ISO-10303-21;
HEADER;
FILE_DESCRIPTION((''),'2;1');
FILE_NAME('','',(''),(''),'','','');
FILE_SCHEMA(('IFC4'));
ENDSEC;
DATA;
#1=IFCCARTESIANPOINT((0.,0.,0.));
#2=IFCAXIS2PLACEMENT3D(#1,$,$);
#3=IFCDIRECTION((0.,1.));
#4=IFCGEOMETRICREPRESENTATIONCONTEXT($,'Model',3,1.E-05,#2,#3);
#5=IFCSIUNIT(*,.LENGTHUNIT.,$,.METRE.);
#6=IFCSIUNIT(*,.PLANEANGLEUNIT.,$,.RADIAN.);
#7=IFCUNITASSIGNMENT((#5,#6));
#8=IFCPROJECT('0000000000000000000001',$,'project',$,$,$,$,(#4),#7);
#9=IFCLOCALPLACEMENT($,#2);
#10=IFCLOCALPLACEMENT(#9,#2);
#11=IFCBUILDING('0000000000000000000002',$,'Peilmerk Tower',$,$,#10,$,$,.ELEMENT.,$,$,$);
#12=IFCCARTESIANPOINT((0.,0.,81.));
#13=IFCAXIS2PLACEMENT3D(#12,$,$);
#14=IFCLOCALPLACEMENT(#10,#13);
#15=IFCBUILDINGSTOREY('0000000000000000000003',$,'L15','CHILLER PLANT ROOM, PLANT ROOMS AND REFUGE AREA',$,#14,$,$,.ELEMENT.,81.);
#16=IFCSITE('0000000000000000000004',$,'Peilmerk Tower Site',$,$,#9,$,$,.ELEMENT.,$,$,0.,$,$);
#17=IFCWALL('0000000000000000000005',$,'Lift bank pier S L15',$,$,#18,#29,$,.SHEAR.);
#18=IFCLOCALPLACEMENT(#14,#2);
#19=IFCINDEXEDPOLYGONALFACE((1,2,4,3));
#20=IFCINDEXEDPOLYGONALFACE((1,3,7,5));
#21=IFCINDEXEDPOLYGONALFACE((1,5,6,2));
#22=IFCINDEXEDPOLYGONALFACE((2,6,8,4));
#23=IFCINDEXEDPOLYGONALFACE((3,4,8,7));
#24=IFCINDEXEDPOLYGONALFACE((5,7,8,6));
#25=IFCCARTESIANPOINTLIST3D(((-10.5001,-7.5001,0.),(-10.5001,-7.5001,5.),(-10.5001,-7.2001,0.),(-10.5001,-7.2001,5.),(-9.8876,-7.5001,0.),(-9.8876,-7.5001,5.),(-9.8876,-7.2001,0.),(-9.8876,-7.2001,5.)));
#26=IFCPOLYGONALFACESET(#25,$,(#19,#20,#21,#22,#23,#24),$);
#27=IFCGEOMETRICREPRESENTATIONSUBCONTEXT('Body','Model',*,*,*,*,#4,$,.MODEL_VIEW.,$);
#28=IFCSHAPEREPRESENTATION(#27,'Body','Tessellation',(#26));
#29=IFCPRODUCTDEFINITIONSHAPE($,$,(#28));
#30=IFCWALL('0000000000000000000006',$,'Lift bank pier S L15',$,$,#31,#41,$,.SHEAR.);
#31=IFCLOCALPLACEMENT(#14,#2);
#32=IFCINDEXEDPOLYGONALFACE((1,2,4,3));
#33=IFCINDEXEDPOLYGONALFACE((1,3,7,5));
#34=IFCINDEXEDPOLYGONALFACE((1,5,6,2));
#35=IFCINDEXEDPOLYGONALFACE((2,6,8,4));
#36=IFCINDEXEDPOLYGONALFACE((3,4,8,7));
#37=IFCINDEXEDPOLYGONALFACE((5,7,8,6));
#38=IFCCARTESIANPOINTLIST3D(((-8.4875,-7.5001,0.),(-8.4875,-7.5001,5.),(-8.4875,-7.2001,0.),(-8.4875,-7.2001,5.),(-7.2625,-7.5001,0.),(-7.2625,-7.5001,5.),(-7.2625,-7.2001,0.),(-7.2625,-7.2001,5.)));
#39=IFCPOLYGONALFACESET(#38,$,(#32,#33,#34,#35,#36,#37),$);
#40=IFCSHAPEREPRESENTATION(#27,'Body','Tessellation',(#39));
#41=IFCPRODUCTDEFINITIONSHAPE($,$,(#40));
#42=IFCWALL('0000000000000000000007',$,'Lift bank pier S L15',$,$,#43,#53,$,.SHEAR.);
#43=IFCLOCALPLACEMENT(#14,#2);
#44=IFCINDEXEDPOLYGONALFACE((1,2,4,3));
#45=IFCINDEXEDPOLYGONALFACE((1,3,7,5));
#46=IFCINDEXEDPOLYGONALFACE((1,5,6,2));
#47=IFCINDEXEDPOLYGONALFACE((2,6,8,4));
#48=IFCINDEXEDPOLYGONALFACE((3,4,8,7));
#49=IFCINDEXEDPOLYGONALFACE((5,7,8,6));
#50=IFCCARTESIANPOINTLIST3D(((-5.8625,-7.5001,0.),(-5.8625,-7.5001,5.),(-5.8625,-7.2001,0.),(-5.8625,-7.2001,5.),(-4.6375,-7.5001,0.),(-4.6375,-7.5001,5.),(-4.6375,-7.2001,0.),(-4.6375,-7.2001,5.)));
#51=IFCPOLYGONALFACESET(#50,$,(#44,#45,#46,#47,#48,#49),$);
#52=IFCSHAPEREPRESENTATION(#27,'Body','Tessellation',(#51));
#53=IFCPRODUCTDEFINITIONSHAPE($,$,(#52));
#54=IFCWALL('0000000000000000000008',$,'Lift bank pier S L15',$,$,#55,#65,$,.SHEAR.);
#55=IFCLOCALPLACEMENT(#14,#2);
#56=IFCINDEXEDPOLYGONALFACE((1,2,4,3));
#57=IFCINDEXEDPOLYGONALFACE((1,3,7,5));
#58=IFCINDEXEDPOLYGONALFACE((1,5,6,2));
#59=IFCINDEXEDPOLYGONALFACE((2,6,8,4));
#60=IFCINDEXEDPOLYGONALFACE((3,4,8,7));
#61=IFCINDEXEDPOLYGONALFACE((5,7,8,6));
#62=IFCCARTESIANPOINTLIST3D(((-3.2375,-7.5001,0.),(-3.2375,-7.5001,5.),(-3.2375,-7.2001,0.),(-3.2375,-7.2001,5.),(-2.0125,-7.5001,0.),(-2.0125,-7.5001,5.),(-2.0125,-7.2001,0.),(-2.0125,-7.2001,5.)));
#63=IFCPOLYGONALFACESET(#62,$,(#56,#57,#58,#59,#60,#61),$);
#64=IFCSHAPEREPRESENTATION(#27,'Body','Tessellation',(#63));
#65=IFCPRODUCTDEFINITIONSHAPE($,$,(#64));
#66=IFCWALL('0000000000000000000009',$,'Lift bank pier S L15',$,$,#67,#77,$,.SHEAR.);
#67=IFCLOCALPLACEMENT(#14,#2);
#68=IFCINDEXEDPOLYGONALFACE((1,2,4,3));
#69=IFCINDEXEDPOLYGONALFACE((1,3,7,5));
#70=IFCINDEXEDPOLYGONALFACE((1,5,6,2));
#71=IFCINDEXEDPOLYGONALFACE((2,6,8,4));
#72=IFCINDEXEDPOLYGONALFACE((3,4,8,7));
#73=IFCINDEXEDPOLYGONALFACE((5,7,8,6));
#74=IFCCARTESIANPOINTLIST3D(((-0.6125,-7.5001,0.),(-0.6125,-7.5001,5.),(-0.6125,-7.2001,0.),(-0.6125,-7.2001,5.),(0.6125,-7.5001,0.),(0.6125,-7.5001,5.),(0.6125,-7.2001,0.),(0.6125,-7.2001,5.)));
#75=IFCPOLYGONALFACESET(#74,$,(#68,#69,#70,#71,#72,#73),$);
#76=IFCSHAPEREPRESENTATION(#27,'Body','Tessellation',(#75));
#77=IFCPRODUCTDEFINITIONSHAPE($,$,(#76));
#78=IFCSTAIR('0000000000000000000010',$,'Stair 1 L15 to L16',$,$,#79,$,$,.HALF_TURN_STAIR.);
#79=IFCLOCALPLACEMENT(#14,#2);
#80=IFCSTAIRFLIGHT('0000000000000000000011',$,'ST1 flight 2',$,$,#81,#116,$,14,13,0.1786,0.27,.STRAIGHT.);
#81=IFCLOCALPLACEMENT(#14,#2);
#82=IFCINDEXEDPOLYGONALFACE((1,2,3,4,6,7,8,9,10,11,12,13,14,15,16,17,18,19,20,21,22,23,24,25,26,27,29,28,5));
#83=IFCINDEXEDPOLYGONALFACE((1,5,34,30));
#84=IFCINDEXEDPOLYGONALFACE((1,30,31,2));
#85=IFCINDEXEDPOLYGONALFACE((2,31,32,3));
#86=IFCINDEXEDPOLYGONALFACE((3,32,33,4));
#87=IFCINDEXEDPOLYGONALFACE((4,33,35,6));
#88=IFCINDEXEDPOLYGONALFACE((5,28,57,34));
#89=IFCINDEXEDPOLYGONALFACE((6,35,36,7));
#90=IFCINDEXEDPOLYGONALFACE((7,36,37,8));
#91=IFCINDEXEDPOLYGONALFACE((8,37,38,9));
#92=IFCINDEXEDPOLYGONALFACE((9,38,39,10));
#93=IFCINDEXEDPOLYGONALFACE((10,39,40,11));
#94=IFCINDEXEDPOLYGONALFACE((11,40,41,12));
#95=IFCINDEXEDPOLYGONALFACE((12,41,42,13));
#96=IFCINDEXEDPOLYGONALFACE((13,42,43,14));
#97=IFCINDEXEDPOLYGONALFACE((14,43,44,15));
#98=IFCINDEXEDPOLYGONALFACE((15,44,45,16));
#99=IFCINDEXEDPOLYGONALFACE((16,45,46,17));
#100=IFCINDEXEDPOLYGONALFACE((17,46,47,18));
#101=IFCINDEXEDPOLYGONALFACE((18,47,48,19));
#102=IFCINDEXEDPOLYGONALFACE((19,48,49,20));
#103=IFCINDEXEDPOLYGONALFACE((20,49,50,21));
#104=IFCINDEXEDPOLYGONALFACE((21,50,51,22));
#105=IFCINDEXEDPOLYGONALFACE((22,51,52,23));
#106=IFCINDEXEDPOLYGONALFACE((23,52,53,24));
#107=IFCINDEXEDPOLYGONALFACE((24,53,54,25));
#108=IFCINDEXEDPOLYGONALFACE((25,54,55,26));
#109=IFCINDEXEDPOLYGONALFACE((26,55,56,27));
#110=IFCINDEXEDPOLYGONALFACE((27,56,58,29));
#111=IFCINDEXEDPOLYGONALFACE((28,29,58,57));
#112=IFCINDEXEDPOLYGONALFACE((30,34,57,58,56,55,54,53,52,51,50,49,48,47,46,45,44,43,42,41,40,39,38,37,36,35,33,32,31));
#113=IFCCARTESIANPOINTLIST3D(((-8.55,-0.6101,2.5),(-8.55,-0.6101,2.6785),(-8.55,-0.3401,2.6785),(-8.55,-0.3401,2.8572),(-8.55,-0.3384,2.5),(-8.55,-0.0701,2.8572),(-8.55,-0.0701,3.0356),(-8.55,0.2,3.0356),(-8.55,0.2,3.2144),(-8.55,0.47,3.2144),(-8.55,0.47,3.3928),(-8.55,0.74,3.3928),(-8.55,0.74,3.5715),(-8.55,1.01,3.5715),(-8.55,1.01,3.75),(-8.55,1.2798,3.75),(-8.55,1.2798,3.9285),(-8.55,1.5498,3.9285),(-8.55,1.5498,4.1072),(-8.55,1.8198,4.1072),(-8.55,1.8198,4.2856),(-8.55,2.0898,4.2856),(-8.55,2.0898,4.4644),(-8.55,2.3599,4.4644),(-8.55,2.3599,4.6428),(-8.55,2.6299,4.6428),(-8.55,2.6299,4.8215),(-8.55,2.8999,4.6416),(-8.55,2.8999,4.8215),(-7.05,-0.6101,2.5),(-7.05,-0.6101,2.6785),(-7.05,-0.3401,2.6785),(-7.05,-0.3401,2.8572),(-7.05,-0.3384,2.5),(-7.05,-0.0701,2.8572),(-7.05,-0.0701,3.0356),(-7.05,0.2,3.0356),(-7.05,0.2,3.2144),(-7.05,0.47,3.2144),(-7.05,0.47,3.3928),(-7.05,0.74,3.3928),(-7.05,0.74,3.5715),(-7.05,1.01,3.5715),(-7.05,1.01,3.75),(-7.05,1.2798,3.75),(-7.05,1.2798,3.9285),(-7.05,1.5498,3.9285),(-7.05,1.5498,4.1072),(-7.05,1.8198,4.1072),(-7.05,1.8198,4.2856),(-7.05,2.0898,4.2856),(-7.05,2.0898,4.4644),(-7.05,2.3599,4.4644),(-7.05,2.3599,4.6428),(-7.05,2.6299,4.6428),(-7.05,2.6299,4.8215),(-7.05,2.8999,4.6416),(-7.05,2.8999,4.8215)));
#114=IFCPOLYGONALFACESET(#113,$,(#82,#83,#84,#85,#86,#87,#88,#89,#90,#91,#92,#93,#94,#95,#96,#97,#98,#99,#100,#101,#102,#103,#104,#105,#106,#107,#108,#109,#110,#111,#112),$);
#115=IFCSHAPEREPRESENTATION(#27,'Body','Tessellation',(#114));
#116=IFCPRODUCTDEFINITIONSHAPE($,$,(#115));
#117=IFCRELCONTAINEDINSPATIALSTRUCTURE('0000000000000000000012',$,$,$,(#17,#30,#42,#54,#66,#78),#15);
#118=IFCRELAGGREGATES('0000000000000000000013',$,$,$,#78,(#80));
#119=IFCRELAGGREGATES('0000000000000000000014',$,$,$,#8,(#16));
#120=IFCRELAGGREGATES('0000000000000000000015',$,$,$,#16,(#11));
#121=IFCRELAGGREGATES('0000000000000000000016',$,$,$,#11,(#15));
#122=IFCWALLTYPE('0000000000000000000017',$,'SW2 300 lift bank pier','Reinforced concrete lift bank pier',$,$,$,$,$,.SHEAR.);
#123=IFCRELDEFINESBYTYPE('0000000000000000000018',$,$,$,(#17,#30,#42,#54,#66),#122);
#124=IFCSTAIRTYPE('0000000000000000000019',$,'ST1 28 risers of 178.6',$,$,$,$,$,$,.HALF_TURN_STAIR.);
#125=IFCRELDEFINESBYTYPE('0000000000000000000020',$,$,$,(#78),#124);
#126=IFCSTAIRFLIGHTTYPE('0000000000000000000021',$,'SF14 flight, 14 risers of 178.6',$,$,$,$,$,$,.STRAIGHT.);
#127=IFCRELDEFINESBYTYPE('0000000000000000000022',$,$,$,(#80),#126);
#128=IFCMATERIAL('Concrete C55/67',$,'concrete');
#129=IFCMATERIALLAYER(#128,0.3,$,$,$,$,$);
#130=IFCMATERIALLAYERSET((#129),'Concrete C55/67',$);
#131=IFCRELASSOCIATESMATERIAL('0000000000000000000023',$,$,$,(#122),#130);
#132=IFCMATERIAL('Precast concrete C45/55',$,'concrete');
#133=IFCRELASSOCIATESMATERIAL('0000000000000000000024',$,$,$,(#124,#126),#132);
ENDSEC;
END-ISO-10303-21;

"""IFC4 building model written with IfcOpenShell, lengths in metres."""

from ifc_helpers import new_model, si_unit, direction, frame, frame_2d, origin, place, context, subcontext, project, spatial, polyline, rectangle, outline, extrude, material, layer, layer_set, type_object, element, aggregate, save


model = new_model("IFC4")

# Units and contexts
model_context = context("Model", 3, precision=1e-05, world=origin(), true_north=direction((0.0, 1.0)))
body_context = subcontext(model_context, "Body", "Model", "MODEL_VIEW")
ifc_project = project(units=[si_unit("LENGTHUNIT", "METRE"), si_unit("PLANEANGLEUNIT", "RADIAN")], contexts=[model_context])

# Site, building, storey
site_placement = place(None, origin())
site = spatial("IfcSite", under=ifc_project, at=site_placement, Name="Peilmerk Tower Site", CompositionType="ELEMENT", RefElevation=0.0)
building_placement = place(site_placement, origin())
building = spatial("IfcBuilding", under=site, at=building_placement, Name="Peilmerk Tower", CompositionType="ELEMENT")
storey_placement = place(building_placement, frame((0.0, 0.0, 81.0)))
storey = spatial("IfcBuildingStorey", under=building, at=storey_placement, Name="L15", Description="CHILLER PLANT ROOM, PLANT ROOMS AND REFUGE AREA", CompositionType="ELEMENT", Elevation=81.0)

# Shared definitions
ifc_material_1 = material(Name="Concrete C55/67", Category="concrete")

# Walls
ifc_layer_1 = layer(ifc_material_1, 0.3)
ifc_layer_set_1 = layer_set([ifc_layer_1], Name="Concrete C55/67")
wall_type_1 = type_object("IfcWallType", Name="SW2 300 lift bank pier", Description="Reinforced concrete lift bank pier", PredefinedType="SHEAR", material=ifc_layer_set_1)
wall_1_placement = place(storey_placement, frame((-10.5, -7.3501, 0.0), z_axis=(0.0, 0.0, 1.0), x_axis=(1.0, 0.0, 0.0)))
element("IfcWall", 1, at=wall_1_placement, inside=storey, type_object=wall_type_1, Name="Lift bank pier S L15", PredefinedType="SHEAR", context=body_context, shape_type="SweptSolid", body=[
    extrude(rectangle(XDim=0.6125, YDim=0.3, at=frame_2d((0.3062, 0.0))), origin(), (0.0, 0.0, 1.0), 5.0),
])
for number, where, z_axis, x_axis, name in (
    (2, (-8.4875, -7.3501, 0.0), (0.0, 0.0, 1.0), (1.0, 0.0, 0.0), "Lift bank pier S L15"),
    (3, (-5.8625, -7.3501, 0.0), (0.0, 0.0, 1.0), (1.0, 0.0, 0.0), "Lift bank pier S L15"),
    (4, (-3.2375, -7.3501, 0.0), (0.0, 0.0, 1.0), (1.0, 0.0, 0.0), "Lift bank pier S L15"),
    (5, (-0.6125, -7.3501, 0.0), (0.0, 0.0, 1.0), (1.0, 0.0, 0.0), "Lift bank pier S L15"),
):
    element("IfcWall", number, at=place(storey_placement, frame(where, z_axis=z_axis, x_axis=x_axis)), inside=storey, type_object=wall_type_1, Name=name, PredefinedType="SHEAR", context=body_context, shape_type="SweptSolid", body=[
        extrude(rectangle(XDim=1.2251, YDim=0.3, at=frame_2d((0.6125, 0.0))), origin(), (0.0, 0.0, 1.0), 5.0),
    ])

# Stair, stair flight
ifc_material_2 = material(Name="Precast concrete C45/55", Category="concrete")
stair_type = type_object("IfcStairType", Name="ST1 28 risers of 178.6", PredefinedType="HALF_TURN_STAIR", material=ifc_material_2)
stair_placement = place(storey_placement, origin())
stair = element("IfcStair", 6, at=stair_placement, inside=storey, type_object=stair_type, Name="Stair 1 L15 to L16", PredefinedType="HALF_TURN_STAIR")
stair_flight_type = type_object("IfcStairFlightType", Name="SF14 flight, 14 risers of 178.6", PredefinedType="STRAIGHT", material=ifc_material_2)
stair_flight_placement = place(storey_placement, frame((-7.8, -0.6101, 2.5), z_axis=(0.0, 0.0, 1.0), x_axis=(0.0, 1.0, 0.0)))
stair_flight = element("IfcStairFlight", 7, at=stair_flight_placement, type_object=stair_flight_type, Name="ST1 flight 2", NumberOfRisers=14, NumberOfTreads=13, PredefinedType="STRAIGHT", RiserHeight=0.1786, TreadLength=0.27, context=body_context, shape_type="SweptSolid", body=[
    extrude(outline(polyline([(0.0, 0.0), (0.0, 0.1785), (0.27, 0.1785), (0.27, 0.3572), (0.54, 0.3572), (0.54, 0.5356), (0.8101, 0.5356), (0.8101, 0.7144), (1.0801, 0.7144), (1.0801, 0.8928), (1.3501, 0.8928), (1.3501, 1.0715), (1.6201, 1.0715), (1.6201, 1.25), (1.8899, 1.25), (1.8899, 1.4285), (2.1599, 1.4285), (2.1599, 1.6072), (2.4299, 1.6072), (2.4299, 1.7856), (2.7, 1.7856), (2.7, 1.9644), (2.97, 1.9644), (2.97, 2.1428), (3.24, 2.1428), (3.24, 2.3215), (3.51, 2.3215), (3.51, 2.5), (3.51, 2.1416), (0.2717, 0.0), (0.0, 0.0)])), frame((0.0, 0.75, 0.0), z_axis=(0.0, -1.0, 0.0), x_axis=(1.0, 0.0, 0.0)), (0.0, 0.0, 1.0), 1.5),
])
aggregate(stair, [stair_flight])

save(model, "model.ifc")
